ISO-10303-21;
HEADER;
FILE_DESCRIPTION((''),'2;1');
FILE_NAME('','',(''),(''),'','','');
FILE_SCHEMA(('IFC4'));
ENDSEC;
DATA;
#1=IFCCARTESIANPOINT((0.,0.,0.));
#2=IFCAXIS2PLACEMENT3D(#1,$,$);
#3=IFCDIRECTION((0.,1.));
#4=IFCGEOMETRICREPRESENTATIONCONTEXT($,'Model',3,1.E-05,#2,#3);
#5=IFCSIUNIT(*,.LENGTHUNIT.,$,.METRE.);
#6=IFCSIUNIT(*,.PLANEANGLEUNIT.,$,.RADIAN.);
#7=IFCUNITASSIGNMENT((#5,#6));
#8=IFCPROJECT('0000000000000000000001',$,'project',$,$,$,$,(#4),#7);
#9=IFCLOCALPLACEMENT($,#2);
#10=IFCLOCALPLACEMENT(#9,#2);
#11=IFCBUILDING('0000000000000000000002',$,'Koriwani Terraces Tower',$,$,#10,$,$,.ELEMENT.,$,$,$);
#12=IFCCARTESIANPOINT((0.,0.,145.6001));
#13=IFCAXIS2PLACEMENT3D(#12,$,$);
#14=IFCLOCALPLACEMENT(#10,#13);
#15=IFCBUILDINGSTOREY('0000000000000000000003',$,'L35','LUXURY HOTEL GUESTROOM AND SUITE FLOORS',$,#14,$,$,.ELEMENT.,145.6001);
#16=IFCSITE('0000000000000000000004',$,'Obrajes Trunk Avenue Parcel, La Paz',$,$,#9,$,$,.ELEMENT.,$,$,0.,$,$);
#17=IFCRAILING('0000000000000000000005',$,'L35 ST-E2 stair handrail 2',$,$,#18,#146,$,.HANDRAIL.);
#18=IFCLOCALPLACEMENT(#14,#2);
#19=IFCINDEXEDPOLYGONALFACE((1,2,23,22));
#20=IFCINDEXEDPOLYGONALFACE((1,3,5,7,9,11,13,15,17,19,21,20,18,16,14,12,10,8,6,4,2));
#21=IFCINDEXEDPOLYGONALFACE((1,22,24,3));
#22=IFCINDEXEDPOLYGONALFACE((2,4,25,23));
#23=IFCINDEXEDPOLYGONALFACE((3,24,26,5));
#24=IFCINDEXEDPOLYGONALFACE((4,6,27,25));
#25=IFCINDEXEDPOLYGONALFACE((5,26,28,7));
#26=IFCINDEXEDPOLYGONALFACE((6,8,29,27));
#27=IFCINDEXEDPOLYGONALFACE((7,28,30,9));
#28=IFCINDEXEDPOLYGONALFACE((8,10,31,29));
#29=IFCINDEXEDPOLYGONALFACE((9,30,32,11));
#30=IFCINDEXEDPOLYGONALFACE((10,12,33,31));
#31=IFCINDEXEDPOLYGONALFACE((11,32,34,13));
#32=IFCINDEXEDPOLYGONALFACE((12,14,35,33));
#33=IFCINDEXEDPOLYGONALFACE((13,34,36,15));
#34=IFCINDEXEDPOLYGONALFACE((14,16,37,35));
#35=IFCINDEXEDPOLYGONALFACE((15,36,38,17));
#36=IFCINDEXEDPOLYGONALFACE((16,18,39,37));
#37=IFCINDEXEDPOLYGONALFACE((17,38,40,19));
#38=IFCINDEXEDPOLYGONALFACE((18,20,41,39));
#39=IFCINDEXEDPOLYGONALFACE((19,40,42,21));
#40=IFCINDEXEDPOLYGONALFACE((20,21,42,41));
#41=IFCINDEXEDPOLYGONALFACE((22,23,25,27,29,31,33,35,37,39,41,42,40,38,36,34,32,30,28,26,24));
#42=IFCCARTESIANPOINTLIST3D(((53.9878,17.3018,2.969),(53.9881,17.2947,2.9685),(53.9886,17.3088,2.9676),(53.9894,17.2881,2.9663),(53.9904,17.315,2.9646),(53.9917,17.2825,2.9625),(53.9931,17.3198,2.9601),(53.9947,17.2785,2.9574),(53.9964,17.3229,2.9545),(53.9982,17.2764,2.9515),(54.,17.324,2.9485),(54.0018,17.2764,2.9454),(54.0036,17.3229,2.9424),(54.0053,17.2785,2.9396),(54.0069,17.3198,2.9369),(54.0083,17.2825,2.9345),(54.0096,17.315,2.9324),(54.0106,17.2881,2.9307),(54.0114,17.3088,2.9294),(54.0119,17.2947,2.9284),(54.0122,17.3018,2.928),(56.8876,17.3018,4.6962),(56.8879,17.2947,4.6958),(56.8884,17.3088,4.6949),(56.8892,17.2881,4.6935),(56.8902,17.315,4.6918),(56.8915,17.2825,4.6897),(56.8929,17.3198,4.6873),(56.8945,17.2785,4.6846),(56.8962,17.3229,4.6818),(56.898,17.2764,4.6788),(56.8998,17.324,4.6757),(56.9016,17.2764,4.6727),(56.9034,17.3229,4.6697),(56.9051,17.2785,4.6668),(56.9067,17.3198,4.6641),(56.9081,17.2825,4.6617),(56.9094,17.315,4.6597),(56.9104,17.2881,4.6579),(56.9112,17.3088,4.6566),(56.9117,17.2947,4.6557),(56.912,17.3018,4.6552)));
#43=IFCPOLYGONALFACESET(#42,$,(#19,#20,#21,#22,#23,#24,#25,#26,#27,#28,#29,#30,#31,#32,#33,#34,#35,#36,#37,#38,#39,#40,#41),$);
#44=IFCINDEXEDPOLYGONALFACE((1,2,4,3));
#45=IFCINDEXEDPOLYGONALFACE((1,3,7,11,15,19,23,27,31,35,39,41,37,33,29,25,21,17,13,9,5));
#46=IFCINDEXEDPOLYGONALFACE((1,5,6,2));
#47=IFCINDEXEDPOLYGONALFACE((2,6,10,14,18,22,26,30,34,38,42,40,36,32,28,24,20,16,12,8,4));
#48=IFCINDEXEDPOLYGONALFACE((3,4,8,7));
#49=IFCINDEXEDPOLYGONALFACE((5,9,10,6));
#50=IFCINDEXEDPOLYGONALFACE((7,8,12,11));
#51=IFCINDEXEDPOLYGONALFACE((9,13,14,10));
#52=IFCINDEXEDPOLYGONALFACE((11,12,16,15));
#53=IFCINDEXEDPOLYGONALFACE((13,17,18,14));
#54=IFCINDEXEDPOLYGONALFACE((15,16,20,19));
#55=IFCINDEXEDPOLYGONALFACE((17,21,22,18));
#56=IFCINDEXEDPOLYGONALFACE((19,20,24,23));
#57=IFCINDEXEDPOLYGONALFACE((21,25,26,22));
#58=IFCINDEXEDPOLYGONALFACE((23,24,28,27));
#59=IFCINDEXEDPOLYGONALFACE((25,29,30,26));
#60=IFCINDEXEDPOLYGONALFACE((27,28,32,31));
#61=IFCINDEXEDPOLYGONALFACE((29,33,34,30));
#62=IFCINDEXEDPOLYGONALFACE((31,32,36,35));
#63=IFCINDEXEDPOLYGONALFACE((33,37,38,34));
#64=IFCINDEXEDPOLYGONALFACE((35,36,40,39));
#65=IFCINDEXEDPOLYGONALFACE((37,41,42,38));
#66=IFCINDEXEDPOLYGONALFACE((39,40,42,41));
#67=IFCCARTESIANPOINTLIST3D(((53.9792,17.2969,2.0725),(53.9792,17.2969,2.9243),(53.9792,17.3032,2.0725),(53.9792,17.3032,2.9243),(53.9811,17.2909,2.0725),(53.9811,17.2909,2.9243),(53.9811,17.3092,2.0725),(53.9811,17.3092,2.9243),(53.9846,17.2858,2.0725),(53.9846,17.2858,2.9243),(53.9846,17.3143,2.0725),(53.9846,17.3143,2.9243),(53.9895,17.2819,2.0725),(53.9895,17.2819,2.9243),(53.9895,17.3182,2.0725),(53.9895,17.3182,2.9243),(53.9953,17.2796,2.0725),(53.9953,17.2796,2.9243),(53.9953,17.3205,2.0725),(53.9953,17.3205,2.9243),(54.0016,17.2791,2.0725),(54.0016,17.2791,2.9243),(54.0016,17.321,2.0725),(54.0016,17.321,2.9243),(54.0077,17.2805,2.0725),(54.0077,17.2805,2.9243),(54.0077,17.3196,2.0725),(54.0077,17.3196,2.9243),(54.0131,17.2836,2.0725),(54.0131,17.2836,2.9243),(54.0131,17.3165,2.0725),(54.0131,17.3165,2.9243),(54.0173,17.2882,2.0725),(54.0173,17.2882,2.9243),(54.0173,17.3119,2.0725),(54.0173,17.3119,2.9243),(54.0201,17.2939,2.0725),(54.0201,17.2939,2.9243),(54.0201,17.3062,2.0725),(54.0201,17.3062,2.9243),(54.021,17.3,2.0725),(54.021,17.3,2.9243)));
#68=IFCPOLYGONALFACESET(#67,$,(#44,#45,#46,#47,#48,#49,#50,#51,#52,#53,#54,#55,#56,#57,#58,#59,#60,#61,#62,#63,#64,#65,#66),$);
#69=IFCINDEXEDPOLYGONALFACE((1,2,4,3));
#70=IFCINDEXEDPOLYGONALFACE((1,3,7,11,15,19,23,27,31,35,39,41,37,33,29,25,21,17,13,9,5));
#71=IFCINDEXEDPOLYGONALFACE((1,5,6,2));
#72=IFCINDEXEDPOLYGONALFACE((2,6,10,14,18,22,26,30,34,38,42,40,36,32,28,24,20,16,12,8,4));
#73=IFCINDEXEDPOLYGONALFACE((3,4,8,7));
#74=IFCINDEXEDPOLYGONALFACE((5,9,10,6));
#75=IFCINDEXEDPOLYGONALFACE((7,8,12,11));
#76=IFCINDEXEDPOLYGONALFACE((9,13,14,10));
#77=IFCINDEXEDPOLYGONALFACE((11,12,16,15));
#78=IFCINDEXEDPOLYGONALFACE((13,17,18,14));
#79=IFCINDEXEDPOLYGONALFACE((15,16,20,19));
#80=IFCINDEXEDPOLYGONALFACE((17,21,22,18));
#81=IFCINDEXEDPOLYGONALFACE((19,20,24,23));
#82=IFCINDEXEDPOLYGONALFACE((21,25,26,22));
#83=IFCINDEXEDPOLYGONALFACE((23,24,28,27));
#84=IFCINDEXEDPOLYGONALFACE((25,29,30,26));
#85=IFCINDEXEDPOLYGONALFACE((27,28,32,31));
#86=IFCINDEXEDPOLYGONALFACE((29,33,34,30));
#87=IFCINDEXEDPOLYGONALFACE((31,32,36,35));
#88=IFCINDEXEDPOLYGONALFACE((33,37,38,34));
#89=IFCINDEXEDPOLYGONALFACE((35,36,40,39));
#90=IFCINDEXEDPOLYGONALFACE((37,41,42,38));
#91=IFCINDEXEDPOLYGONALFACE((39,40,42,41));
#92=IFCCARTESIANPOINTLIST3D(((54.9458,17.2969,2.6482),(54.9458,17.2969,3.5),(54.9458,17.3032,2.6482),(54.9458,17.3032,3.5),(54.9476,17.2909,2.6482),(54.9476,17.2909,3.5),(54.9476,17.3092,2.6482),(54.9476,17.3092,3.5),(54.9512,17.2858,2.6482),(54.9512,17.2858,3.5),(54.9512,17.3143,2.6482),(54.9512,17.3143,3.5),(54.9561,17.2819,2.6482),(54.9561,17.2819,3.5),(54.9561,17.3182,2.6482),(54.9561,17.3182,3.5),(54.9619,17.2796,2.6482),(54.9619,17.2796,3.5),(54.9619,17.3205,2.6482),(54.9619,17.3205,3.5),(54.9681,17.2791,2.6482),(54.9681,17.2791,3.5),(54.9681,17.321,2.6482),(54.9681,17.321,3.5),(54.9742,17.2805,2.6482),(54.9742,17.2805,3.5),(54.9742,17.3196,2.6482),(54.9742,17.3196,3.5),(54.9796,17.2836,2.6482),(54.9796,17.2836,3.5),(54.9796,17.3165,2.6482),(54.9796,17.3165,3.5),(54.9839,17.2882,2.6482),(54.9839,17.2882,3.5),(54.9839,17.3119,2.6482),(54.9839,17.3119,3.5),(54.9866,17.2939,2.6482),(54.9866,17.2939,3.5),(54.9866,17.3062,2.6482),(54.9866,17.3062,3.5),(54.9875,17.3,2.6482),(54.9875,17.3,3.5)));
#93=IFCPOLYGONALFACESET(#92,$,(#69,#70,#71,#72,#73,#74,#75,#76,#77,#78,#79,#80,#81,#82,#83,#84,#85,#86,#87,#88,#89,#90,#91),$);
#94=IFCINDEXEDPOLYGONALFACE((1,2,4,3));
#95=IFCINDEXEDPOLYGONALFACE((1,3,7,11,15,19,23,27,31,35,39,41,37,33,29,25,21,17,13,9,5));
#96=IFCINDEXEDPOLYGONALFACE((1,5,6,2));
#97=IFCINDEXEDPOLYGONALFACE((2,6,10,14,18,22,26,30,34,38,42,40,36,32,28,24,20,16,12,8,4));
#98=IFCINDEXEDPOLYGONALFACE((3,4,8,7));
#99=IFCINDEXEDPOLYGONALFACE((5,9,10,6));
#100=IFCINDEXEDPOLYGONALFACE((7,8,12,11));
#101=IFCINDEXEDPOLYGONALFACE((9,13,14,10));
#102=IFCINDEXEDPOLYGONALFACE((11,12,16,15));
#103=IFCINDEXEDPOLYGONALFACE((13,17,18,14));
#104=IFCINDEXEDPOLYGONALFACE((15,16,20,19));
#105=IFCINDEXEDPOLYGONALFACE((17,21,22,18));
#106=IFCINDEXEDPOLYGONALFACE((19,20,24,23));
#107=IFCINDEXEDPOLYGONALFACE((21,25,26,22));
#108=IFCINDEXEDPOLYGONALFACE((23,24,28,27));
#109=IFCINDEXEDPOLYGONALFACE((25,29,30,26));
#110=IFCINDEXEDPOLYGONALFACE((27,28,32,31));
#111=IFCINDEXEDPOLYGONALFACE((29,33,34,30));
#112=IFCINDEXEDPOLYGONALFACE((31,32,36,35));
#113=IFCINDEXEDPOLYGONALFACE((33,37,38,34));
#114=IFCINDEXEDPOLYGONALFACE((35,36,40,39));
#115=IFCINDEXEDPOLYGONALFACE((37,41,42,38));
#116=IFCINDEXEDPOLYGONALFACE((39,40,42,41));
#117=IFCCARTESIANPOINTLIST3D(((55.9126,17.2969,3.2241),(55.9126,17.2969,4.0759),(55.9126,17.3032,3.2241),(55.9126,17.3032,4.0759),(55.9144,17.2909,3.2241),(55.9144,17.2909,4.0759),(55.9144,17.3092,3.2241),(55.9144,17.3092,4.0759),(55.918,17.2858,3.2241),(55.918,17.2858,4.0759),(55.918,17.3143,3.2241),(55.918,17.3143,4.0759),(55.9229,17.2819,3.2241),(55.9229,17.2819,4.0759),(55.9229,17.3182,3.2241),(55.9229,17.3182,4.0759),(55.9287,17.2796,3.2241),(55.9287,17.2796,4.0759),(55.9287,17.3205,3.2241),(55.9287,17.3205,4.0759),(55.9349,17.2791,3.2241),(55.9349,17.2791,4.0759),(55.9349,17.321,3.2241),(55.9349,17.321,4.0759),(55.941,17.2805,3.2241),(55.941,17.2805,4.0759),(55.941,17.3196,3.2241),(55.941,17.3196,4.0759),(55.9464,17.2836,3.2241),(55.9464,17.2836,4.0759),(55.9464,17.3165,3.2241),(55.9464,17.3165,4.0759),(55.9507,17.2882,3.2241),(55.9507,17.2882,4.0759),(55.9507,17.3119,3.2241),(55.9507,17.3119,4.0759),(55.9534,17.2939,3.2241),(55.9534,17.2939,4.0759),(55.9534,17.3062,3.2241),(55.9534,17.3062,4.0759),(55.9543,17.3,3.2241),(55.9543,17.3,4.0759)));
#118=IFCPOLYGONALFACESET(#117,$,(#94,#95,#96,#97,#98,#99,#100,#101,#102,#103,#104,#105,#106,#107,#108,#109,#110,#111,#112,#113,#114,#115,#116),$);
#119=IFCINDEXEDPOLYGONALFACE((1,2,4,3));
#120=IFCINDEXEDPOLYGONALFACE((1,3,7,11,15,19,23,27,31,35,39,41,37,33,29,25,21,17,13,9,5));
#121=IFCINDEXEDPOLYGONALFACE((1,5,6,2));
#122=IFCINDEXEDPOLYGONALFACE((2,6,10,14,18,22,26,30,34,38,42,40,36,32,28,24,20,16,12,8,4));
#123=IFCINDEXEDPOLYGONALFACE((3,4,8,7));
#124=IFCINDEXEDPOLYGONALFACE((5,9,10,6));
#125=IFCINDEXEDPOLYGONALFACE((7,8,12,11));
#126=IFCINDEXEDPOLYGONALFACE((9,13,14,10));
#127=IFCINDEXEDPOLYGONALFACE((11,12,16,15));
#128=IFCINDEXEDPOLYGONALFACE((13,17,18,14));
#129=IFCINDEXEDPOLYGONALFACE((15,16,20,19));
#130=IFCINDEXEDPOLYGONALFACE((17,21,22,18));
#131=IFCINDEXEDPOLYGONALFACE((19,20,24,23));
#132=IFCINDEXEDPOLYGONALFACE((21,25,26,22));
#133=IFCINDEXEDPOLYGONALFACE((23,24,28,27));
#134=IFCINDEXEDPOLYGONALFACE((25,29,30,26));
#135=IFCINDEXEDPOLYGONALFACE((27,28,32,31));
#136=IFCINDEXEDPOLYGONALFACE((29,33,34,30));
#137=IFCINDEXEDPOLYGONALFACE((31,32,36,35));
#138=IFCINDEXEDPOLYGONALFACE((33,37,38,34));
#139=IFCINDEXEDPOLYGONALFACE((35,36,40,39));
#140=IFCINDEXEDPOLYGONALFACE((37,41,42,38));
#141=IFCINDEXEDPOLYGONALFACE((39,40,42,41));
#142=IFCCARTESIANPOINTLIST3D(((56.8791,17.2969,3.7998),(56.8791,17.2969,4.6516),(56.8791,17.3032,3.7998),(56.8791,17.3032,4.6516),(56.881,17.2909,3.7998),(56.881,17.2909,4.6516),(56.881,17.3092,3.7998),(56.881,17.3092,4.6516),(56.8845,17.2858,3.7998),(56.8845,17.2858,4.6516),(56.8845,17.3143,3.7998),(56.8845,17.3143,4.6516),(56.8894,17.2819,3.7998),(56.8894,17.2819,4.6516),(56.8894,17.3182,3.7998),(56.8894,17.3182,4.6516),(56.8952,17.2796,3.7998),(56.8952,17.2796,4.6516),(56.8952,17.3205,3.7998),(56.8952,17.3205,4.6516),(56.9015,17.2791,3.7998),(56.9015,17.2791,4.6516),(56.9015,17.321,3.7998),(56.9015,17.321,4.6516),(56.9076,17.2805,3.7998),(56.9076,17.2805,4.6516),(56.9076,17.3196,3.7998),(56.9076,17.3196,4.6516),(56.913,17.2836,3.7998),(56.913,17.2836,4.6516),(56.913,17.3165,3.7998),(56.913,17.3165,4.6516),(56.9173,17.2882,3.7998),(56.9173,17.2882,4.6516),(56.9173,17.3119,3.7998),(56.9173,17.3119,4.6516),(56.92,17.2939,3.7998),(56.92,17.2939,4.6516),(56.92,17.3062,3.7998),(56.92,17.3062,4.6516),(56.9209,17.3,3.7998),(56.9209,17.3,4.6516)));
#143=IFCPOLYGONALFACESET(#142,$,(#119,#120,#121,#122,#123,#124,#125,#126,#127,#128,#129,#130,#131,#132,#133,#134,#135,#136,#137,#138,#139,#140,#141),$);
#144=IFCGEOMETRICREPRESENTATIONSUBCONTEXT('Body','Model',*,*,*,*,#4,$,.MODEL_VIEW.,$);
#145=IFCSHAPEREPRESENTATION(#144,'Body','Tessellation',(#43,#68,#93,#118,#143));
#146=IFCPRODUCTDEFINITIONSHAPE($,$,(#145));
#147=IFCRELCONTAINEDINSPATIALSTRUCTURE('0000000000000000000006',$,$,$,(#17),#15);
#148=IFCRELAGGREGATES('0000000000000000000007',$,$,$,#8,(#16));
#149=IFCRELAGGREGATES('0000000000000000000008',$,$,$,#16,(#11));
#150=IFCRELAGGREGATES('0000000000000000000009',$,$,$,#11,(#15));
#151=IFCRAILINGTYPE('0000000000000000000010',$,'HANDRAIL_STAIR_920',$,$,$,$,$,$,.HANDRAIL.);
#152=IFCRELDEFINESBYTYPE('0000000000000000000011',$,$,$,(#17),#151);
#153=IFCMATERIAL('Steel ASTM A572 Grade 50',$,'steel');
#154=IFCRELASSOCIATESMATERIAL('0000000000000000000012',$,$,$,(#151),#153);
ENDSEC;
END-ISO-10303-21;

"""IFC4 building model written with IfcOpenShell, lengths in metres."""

from ifc_helpers import new_model, si_unit, direction, frame, origin, origin_2d, place, context, subcontext, project, spatial, circle, extrude, material, type_object, element, save


model = new_model("IFC4")

# Units and contexts
model_context = context("Model", 3, precision=1e-05, world=origin(), true_north=direction((0.0, 1.0)))
body_context = subcontext(model_context, "Body", "Model", "MODEL_VIEW")
ifc_project = project(units=[si_unit("LENGTHUNIT", "METRE"), si_unit("PLANEANGLEUNIT", "RADIAN")], contexts=[model_context])

# Site, building, storey
site_placement = place(None, origin())
site = spatial("IfcSite", under=ifc_project, at=site_placement, Name="Obrajes Trunk Avenue Parcel, La Paz", CompositionType="ELEMENT", RefElevation=0.0)
building_placement = place(site_placement, origin())
building = spatial("IfcBuilding", under=site, at=building_placement, Name="Koriwani Terraces Tower", CompositionType="ELEMENT")
storey_placement = place(building_placement, frame((0.0, 0.0, 145.6001)))
storey = spatial("IfcBuildingStorey", under=building, at=storey_placement, Name="L35", Description="LUXURY HOTEL GUESTROOM AND SUITE FLOORS", CompositionType="ELEMENT", Elevation=145.6001)

# Shared definitions
ifc_material_1 = material(Name="Steel ASTM A572 Grade 50", Category="steel")

# Railing
railing_type_1 = type_object("IfcRailingType", Name="HANDRAIL_STAIR_920", PredefinedType="HANDRAIL", material=ifc_material_1)
for number, where, name in (
    (1, (54.0, 17.3, 2.0725), "L35 ST-E2 stair handrail 2"),
):
    element("IfcRailing", number, at=place(storey_placement, frame(where)), inside=storey, type_object=railing_type_1, Name=name, PredefinedType="HANDRAIL", context=body_context, shape_type="SweptSolid", body=[
        extrude(circle(Radius=0.0239, at=origin_2d()), frame((0.0, 0.0, 0.876), z_axis=(0.859141, 0.0, 0.511738), x_axis=(0.0, 1.0, 0.0)), (0.0, 0.0, 1.0), 3.3752),
        extrude(circle(Radius=0.021, at=origin_2d()), origin(), (0.0, 0.0, 1.0), 0.8518),
        extrude(circle(Radius=0.021, at=origin_2d()), frame((0.9666, 0.0, 0.5757)), (0.0, 0.0, 1.0), 0.8518),
        extrude(circle(Radius=0.021, at=origin_2d()), frame((1.9333, 0.0, 1.1516)), (0.0, 0.0, 1.0), 0.8518),
        extrude(circle(Radius=0.021, at=origin_2d()), frame((2.8999, 0.0, 1.7273)), (0.0, 0.0, 1.0), 0.8518),
    ])

save(model, "model.ifc")
